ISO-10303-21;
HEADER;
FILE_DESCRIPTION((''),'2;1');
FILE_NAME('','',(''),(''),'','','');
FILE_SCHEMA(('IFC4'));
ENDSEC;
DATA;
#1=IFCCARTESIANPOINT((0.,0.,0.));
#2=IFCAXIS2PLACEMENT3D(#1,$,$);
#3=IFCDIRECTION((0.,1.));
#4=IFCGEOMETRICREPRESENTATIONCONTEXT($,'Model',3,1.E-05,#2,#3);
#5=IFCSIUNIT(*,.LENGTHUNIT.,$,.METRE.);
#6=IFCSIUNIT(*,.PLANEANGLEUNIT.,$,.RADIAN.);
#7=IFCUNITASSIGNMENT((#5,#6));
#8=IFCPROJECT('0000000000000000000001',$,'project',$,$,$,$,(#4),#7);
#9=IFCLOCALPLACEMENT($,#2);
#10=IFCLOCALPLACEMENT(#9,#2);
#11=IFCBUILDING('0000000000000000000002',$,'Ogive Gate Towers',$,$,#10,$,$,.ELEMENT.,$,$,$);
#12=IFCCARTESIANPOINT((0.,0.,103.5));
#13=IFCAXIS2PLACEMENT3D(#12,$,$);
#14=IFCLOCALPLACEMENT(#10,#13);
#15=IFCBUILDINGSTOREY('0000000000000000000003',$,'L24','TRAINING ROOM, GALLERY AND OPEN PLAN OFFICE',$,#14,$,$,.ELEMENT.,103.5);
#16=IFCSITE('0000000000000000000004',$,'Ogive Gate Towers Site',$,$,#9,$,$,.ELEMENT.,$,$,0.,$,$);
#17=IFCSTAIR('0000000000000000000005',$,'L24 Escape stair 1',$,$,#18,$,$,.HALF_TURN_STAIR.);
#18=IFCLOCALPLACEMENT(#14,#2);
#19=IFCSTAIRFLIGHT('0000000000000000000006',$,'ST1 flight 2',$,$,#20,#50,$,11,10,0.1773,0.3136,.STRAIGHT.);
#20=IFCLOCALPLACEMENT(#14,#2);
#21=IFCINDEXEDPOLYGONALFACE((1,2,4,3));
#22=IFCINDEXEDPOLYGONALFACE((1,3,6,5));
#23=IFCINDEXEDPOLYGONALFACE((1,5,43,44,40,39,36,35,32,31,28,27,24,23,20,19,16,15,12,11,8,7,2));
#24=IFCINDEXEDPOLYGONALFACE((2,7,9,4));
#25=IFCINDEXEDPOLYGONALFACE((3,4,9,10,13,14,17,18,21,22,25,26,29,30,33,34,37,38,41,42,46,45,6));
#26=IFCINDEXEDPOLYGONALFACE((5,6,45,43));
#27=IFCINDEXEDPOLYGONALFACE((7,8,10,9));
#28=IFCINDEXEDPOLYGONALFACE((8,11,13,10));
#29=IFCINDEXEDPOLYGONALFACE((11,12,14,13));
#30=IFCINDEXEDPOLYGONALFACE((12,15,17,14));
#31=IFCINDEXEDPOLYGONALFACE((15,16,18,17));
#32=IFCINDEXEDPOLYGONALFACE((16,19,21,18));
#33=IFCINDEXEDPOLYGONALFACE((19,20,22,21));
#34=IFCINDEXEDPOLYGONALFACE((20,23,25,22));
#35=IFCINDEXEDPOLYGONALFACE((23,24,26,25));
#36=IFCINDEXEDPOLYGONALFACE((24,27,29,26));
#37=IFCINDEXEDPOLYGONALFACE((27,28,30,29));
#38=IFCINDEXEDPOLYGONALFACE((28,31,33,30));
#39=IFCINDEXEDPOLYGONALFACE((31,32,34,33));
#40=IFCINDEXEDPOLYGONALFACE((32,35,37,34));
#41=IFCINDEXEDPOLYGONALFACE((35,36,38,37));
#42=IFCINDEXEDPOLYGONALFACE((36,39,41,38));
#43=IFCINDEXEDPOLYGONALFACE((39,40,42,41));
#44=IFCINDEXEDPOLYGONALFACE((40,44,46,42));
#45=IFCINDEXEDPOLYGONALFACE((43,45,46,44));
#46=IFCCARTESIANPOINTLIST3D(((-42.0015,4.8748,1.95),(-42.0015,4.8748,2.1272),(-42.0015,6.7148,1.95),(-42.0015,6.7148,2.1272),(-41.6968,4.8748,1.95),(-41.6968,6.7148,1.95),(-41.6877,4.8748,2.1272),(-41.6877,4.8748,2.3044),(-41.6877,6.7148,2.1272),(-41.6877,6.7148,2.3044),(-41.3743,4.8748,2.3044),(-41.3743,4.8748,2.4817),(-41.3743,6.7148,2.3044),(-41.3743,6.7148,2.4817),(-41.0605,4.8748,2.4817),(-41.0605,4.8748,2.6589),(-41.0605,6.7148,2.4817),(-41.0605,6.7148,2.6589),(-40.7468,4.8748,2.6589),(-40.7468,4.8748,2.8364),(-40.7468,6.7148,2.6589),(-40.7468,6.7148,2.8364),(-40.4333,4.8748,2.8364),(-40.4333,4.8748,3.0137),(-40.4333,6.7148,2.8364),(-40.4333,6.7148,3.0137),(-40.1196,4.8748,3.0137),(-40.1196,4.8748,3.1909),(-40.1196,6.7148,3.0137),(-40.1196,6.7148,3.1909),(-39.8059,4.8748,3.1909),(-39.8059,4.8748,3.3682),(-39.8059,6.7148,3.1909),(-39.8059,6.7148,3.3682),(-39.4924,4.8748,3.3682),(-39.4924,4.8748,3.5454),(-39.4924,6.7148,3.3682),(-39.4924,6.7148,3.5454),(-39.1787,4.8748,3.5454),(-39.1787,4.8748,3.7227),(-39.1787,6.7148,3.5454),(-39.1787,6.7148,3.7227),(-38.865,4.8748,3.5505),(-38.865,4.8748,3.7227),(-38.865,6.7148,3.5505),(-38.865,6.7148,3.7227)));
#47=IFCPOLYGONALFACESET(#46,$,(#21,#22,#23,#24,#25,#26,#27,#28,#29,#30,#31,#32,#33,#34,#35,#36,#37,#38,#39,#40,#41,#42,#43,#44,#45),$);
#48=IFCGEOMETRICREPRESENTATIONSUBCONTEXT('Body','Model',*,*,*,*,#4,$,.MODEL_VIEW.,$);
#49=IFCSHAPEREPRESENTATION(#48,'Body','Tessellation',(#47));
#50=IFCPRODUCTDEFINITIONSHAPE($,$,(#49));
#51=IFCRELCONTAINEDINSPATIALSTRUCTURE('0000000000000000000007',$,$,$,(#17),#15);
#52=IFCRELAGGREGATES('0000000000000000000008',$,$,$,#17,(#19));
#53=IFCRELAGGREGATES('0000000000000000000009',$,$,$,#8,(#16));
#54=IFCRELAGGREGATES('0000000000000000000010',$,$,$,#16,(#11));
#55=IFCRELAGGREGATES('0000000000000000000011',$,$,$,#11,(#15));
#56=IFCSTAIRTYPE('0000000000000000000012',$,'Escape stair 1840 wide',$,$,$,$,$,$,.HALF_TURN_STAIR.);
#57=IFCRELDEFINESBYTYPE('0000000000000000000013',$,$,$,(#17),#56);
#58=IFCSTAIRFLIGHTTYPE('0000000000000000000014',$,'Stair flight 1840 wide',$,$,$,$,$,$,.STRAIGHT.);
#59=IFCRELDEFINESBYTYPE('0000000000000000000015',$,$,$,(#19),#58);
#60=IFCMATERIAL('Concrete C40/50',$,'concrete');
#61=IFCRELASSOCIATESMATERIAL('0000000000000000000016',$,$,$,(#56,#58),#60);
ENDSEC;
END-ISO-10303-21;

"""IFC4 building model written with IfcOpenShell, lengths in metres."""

from ifc_helpers import new_model, si_unit, direction, frame, origin, place, context, subcontext, project, spatial, polyline, outline, extrude, material, type_object, element, aggregate, save


model = new_model("IFC4")

# Units and contexts
model_context = context("Model", 3, precision=1e-05, world=origin(), true_north=direction((0.0, 1.0)))
body_context = subcontext(model_context, "Body", "Model", "MODEL_VIEW")
ifc_project = project(units=[si_unit("LENGTHUNIT", "METRE"), si_unit("PLANEANGLEUNIT", "RADIAN")], contexts=[model_context])

# Site, building, storey
site_placement = place(None, origin())
site = spatial("IfcSite", under=ifc_project, at=site_placement, Name="Ogive Gate Towers Site", CompositionType="ELEMENT", RefElevation=0.0)
building_placement = place(site_placement, origin())
building = spatial("IfcBuilding", under=site, at=building_placement, Name="Ogive Gate Towers", CompositionType="ELEMENT")
storey_placement = place(building_placement, frame((0.0, 0.0, 103.5)))
storey = spatial("IfcBuildingStorey", under=building, at=storey_placement, Name="L24", Description="TRAINING ROOM, GALLERY AND OPEN PLAN OFFICE", CompositionType="ELEMENT", Elevation=103.5)

# Stair, stair flight
ifc_material_1 = material(Name="Concrete C40/50", Category="concrete")
stair_type = type_object("IfcStairType", Name="Escape stair 1840 wide", PredefinedType="HALF_TURN_STAIR", material=ifc_material_1)
stair_placement = place(storey_placement, origin())
stair = element("IfcStair", 1, at=stair_placement, inside=storey, type_object=stair_type, Name="L24 Escape stair 1", PredefinedType="HALF_TURN_STAIR")
stair_flight_type = type_object("IfcStairFlightType", Name="Stair flight 1840 wide", PredefinedType="STRAIGHT", material=ifc_material_1)
stair_flight_1_placement = place(storey_placement, frame((-42.0015, 5.7949, 1.95), z_axis=(0.0, 0.0, 1.0), x_axis=(1.0, 0.0, 0.0)))
stair_flight_1 = element("IfcStairFlight", 2, at=stair_flight_1_placement, type_object=stair_flight_type, Name="ST1 flight 2", NumberOfRisers=11, NumberOfTreads=10, PredefinedType="STRAIGHT", RiserHeight=0.1773, TreadLength=0.3136, context=body_context, shape_type="SweptSolid", body=[
    extrude(outline(polyline([(0.0, 0.0), (0.0, 0.1772), (0.3137, 0.1772), (0.3137, 0.3545), (0.6272, 0.3545), (0.6272, 0.5317), (0.9409, 0.5317), (0.9409, 0.709), (1.2546, 0.709), (1.2546, 0.8865), (1.5681, 0.8865), (1.5681, 1.0637), (1.8818, 1.0637), (1.8818, 1.241), (2.1956, 1.241), (2.1956, 1.4182), (2.509, 1.4182), (2.509, 1.5955), (2.8228, 1.5955), (2.8228, 1.7727), (3.1365, 1.7727), (3.1365, 1.95), (3.1365, 1.6006), (0.3047, 0.0), (0.0, 0.0)])), frame((0.0, 0.9199, 0.0), z_axis=(0.0, -1.0, 0.0), x_axis=(1.0, 0.0, 0.0)), (0.0, 0.0, 1.0), 1.8401),
])
aggregate(stair, [stair_flight_1])

save(model, "model.ifc")
